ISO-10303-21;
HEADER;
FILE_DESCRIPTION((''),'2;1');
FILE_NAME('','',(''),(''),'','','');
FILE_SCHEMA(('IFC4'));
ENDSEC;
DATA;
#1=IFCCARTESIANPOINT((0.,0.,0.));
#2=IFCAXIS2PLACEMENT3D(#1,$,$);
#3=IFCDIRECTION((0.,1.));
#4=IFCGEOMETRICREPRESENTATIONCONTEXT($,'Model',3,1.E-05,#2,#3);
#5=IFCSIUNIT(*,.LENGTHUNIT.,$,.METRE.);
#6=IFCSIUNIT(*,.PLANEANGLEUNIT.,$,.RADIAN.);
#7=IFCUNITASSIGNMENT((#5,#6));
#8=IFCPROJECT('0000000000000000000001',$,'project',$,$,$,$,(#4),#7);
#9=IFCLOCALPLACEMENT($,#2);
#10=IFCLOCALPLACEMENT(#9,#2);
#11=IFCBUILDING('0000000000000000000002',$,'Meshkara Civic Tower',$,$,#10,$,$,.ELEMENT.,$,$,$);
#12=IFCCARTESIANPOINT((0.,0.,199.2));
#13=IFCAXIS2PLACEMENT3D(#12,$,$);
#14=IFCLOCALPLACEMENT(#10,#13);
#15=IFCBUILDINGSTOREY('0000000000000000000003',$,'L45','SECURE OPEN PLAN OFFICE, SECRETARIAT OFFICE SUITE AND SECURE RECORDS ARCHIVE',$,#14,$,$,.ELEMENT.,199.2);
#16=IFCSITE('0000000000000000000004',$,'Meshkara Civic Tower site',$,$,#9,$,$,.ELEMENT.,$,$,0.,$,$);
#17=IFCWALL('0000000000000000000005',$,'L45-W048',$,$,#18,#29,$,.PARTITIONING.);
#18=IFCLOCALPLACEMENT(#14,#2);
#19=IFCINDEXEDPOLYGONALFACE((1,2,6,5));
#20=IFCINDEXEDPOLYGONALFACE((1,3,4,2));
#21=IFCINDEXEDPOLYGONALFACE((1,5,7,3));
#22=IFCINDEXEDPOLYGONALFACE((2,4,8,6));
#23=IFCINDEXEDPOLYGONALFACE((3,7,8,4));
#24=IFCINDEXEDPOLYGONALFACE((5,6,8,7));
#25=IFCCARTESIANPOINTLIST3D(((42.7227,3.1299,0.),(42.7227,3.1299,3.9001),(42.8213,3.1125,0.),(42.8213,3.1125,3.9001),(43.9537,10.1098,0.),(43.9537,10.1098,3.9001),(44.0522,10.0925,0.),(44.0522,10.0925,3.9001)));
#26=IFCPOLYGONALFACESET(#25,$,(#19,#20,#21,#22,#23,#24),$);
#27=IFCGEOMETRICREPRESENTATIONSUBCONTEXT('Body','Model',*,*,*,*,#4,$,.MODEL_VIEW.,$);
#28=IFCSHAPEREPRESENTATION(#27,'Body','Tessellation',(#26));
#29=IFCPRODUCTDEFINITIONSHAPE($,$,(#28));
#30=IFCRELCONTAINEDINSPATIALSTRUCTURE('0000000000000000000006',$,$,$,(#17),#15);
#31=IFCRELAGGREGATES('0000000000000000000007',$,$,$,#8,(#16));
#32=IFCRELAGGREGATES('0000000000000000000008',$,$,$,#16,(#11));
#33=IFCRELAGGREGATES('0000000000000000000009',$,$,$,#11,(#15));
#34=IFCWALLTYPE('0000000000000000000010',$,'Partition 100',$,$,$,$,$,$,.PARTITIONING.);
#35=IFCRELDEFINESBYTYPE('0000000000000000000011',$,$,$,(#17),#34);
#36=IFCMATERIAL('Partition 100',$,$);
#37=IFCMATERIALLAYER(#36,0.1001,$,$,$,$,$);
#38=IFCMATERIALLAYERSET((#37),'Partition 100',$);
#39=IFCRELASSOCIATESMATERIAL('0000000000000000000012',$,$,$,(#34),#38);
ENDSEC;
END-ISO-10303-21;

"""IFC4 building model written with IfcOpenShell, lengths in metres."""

from ifc_helpers import new_model, si_unit, direction, frame, frame_2d, origin, place, context, subcontext, project, spatial, rectangle, extrude, material, layer, layer_set, type_object, element, save


model = new_model("IFC4")

# Units and contexts
model_context = context("Model", 3, precision=1e-05, world=origin(), true_north=direction((0.0, 1.0)))
body_context = subcontext(model_context, "Body", "Model", "MODEL_VIEW")
ifc_project = project(units=[si_unit("LENGTHUNIT", "METRE"), si_unit("PLANEANGLEUNIT", "RADIAN")], contexts=[model_context])

# Site, building, storey
site_placement = place(None, origin())
site = spatial("IfcSite", under=ifc_project, at=site_placement, Name="Meshkara Civic Tower site", CompositionType="ELEMENT", RefElevation=0.0)
building_placement = place(site_placement, origin())
building = spatial("IfcBuilding", under=site, at=building_placement, Name="Meshkara Civic Tower", CompositionType="ELEMENT")
storey_placement = place(building_placement, frame((0.0, 0.0, 199.2)))
storey = spatial("IfcBuildingStorey", under=building, at=storey_placement, Name="L45", Description="SECURE OPEN PLAN OFFICE, SECRETARIAT OFFICE SUITE AND SECURE RECORDS ARCHIVE", CompositionType="ELEMENT", Elevation=199.2)

# Wall
ifc_material_1 = material(Name="Partition 100")
ifc_layer_1 = layer(ifc_material_1, 0.1001)
ifc_layer_set_1 = layer_set([ifc_layer_1], Name="Partition 100")
wall_type_1 = type_object("IfcWallType", Name="Partition 100", PredefinedType="PARTITIONING", material=ifc_layer_set_1)
wall_1_placement = place(storey_placement, frame((42.772, 3.1211, 0.0), z_axis=(0.0, 0.0, 1.0), x_axis=(0.173675, 0.984803, 0.0)))
element("IfcWall", 1, at=wall_1_placement, inside=storey, type_object=wall_type_1, Name="L45-W048", PredefinedType="PARTITIONING", context=body_context, shape_type="SweptSolid", body=[
    extrude(rectangle(XDim=7.0876, YDim=0.1001, at=frame_2d((3.5439, 0.0))), origin(), (0.0, 0.0, 1.0), 3.9001),
])

save(model, "model.ifc")
